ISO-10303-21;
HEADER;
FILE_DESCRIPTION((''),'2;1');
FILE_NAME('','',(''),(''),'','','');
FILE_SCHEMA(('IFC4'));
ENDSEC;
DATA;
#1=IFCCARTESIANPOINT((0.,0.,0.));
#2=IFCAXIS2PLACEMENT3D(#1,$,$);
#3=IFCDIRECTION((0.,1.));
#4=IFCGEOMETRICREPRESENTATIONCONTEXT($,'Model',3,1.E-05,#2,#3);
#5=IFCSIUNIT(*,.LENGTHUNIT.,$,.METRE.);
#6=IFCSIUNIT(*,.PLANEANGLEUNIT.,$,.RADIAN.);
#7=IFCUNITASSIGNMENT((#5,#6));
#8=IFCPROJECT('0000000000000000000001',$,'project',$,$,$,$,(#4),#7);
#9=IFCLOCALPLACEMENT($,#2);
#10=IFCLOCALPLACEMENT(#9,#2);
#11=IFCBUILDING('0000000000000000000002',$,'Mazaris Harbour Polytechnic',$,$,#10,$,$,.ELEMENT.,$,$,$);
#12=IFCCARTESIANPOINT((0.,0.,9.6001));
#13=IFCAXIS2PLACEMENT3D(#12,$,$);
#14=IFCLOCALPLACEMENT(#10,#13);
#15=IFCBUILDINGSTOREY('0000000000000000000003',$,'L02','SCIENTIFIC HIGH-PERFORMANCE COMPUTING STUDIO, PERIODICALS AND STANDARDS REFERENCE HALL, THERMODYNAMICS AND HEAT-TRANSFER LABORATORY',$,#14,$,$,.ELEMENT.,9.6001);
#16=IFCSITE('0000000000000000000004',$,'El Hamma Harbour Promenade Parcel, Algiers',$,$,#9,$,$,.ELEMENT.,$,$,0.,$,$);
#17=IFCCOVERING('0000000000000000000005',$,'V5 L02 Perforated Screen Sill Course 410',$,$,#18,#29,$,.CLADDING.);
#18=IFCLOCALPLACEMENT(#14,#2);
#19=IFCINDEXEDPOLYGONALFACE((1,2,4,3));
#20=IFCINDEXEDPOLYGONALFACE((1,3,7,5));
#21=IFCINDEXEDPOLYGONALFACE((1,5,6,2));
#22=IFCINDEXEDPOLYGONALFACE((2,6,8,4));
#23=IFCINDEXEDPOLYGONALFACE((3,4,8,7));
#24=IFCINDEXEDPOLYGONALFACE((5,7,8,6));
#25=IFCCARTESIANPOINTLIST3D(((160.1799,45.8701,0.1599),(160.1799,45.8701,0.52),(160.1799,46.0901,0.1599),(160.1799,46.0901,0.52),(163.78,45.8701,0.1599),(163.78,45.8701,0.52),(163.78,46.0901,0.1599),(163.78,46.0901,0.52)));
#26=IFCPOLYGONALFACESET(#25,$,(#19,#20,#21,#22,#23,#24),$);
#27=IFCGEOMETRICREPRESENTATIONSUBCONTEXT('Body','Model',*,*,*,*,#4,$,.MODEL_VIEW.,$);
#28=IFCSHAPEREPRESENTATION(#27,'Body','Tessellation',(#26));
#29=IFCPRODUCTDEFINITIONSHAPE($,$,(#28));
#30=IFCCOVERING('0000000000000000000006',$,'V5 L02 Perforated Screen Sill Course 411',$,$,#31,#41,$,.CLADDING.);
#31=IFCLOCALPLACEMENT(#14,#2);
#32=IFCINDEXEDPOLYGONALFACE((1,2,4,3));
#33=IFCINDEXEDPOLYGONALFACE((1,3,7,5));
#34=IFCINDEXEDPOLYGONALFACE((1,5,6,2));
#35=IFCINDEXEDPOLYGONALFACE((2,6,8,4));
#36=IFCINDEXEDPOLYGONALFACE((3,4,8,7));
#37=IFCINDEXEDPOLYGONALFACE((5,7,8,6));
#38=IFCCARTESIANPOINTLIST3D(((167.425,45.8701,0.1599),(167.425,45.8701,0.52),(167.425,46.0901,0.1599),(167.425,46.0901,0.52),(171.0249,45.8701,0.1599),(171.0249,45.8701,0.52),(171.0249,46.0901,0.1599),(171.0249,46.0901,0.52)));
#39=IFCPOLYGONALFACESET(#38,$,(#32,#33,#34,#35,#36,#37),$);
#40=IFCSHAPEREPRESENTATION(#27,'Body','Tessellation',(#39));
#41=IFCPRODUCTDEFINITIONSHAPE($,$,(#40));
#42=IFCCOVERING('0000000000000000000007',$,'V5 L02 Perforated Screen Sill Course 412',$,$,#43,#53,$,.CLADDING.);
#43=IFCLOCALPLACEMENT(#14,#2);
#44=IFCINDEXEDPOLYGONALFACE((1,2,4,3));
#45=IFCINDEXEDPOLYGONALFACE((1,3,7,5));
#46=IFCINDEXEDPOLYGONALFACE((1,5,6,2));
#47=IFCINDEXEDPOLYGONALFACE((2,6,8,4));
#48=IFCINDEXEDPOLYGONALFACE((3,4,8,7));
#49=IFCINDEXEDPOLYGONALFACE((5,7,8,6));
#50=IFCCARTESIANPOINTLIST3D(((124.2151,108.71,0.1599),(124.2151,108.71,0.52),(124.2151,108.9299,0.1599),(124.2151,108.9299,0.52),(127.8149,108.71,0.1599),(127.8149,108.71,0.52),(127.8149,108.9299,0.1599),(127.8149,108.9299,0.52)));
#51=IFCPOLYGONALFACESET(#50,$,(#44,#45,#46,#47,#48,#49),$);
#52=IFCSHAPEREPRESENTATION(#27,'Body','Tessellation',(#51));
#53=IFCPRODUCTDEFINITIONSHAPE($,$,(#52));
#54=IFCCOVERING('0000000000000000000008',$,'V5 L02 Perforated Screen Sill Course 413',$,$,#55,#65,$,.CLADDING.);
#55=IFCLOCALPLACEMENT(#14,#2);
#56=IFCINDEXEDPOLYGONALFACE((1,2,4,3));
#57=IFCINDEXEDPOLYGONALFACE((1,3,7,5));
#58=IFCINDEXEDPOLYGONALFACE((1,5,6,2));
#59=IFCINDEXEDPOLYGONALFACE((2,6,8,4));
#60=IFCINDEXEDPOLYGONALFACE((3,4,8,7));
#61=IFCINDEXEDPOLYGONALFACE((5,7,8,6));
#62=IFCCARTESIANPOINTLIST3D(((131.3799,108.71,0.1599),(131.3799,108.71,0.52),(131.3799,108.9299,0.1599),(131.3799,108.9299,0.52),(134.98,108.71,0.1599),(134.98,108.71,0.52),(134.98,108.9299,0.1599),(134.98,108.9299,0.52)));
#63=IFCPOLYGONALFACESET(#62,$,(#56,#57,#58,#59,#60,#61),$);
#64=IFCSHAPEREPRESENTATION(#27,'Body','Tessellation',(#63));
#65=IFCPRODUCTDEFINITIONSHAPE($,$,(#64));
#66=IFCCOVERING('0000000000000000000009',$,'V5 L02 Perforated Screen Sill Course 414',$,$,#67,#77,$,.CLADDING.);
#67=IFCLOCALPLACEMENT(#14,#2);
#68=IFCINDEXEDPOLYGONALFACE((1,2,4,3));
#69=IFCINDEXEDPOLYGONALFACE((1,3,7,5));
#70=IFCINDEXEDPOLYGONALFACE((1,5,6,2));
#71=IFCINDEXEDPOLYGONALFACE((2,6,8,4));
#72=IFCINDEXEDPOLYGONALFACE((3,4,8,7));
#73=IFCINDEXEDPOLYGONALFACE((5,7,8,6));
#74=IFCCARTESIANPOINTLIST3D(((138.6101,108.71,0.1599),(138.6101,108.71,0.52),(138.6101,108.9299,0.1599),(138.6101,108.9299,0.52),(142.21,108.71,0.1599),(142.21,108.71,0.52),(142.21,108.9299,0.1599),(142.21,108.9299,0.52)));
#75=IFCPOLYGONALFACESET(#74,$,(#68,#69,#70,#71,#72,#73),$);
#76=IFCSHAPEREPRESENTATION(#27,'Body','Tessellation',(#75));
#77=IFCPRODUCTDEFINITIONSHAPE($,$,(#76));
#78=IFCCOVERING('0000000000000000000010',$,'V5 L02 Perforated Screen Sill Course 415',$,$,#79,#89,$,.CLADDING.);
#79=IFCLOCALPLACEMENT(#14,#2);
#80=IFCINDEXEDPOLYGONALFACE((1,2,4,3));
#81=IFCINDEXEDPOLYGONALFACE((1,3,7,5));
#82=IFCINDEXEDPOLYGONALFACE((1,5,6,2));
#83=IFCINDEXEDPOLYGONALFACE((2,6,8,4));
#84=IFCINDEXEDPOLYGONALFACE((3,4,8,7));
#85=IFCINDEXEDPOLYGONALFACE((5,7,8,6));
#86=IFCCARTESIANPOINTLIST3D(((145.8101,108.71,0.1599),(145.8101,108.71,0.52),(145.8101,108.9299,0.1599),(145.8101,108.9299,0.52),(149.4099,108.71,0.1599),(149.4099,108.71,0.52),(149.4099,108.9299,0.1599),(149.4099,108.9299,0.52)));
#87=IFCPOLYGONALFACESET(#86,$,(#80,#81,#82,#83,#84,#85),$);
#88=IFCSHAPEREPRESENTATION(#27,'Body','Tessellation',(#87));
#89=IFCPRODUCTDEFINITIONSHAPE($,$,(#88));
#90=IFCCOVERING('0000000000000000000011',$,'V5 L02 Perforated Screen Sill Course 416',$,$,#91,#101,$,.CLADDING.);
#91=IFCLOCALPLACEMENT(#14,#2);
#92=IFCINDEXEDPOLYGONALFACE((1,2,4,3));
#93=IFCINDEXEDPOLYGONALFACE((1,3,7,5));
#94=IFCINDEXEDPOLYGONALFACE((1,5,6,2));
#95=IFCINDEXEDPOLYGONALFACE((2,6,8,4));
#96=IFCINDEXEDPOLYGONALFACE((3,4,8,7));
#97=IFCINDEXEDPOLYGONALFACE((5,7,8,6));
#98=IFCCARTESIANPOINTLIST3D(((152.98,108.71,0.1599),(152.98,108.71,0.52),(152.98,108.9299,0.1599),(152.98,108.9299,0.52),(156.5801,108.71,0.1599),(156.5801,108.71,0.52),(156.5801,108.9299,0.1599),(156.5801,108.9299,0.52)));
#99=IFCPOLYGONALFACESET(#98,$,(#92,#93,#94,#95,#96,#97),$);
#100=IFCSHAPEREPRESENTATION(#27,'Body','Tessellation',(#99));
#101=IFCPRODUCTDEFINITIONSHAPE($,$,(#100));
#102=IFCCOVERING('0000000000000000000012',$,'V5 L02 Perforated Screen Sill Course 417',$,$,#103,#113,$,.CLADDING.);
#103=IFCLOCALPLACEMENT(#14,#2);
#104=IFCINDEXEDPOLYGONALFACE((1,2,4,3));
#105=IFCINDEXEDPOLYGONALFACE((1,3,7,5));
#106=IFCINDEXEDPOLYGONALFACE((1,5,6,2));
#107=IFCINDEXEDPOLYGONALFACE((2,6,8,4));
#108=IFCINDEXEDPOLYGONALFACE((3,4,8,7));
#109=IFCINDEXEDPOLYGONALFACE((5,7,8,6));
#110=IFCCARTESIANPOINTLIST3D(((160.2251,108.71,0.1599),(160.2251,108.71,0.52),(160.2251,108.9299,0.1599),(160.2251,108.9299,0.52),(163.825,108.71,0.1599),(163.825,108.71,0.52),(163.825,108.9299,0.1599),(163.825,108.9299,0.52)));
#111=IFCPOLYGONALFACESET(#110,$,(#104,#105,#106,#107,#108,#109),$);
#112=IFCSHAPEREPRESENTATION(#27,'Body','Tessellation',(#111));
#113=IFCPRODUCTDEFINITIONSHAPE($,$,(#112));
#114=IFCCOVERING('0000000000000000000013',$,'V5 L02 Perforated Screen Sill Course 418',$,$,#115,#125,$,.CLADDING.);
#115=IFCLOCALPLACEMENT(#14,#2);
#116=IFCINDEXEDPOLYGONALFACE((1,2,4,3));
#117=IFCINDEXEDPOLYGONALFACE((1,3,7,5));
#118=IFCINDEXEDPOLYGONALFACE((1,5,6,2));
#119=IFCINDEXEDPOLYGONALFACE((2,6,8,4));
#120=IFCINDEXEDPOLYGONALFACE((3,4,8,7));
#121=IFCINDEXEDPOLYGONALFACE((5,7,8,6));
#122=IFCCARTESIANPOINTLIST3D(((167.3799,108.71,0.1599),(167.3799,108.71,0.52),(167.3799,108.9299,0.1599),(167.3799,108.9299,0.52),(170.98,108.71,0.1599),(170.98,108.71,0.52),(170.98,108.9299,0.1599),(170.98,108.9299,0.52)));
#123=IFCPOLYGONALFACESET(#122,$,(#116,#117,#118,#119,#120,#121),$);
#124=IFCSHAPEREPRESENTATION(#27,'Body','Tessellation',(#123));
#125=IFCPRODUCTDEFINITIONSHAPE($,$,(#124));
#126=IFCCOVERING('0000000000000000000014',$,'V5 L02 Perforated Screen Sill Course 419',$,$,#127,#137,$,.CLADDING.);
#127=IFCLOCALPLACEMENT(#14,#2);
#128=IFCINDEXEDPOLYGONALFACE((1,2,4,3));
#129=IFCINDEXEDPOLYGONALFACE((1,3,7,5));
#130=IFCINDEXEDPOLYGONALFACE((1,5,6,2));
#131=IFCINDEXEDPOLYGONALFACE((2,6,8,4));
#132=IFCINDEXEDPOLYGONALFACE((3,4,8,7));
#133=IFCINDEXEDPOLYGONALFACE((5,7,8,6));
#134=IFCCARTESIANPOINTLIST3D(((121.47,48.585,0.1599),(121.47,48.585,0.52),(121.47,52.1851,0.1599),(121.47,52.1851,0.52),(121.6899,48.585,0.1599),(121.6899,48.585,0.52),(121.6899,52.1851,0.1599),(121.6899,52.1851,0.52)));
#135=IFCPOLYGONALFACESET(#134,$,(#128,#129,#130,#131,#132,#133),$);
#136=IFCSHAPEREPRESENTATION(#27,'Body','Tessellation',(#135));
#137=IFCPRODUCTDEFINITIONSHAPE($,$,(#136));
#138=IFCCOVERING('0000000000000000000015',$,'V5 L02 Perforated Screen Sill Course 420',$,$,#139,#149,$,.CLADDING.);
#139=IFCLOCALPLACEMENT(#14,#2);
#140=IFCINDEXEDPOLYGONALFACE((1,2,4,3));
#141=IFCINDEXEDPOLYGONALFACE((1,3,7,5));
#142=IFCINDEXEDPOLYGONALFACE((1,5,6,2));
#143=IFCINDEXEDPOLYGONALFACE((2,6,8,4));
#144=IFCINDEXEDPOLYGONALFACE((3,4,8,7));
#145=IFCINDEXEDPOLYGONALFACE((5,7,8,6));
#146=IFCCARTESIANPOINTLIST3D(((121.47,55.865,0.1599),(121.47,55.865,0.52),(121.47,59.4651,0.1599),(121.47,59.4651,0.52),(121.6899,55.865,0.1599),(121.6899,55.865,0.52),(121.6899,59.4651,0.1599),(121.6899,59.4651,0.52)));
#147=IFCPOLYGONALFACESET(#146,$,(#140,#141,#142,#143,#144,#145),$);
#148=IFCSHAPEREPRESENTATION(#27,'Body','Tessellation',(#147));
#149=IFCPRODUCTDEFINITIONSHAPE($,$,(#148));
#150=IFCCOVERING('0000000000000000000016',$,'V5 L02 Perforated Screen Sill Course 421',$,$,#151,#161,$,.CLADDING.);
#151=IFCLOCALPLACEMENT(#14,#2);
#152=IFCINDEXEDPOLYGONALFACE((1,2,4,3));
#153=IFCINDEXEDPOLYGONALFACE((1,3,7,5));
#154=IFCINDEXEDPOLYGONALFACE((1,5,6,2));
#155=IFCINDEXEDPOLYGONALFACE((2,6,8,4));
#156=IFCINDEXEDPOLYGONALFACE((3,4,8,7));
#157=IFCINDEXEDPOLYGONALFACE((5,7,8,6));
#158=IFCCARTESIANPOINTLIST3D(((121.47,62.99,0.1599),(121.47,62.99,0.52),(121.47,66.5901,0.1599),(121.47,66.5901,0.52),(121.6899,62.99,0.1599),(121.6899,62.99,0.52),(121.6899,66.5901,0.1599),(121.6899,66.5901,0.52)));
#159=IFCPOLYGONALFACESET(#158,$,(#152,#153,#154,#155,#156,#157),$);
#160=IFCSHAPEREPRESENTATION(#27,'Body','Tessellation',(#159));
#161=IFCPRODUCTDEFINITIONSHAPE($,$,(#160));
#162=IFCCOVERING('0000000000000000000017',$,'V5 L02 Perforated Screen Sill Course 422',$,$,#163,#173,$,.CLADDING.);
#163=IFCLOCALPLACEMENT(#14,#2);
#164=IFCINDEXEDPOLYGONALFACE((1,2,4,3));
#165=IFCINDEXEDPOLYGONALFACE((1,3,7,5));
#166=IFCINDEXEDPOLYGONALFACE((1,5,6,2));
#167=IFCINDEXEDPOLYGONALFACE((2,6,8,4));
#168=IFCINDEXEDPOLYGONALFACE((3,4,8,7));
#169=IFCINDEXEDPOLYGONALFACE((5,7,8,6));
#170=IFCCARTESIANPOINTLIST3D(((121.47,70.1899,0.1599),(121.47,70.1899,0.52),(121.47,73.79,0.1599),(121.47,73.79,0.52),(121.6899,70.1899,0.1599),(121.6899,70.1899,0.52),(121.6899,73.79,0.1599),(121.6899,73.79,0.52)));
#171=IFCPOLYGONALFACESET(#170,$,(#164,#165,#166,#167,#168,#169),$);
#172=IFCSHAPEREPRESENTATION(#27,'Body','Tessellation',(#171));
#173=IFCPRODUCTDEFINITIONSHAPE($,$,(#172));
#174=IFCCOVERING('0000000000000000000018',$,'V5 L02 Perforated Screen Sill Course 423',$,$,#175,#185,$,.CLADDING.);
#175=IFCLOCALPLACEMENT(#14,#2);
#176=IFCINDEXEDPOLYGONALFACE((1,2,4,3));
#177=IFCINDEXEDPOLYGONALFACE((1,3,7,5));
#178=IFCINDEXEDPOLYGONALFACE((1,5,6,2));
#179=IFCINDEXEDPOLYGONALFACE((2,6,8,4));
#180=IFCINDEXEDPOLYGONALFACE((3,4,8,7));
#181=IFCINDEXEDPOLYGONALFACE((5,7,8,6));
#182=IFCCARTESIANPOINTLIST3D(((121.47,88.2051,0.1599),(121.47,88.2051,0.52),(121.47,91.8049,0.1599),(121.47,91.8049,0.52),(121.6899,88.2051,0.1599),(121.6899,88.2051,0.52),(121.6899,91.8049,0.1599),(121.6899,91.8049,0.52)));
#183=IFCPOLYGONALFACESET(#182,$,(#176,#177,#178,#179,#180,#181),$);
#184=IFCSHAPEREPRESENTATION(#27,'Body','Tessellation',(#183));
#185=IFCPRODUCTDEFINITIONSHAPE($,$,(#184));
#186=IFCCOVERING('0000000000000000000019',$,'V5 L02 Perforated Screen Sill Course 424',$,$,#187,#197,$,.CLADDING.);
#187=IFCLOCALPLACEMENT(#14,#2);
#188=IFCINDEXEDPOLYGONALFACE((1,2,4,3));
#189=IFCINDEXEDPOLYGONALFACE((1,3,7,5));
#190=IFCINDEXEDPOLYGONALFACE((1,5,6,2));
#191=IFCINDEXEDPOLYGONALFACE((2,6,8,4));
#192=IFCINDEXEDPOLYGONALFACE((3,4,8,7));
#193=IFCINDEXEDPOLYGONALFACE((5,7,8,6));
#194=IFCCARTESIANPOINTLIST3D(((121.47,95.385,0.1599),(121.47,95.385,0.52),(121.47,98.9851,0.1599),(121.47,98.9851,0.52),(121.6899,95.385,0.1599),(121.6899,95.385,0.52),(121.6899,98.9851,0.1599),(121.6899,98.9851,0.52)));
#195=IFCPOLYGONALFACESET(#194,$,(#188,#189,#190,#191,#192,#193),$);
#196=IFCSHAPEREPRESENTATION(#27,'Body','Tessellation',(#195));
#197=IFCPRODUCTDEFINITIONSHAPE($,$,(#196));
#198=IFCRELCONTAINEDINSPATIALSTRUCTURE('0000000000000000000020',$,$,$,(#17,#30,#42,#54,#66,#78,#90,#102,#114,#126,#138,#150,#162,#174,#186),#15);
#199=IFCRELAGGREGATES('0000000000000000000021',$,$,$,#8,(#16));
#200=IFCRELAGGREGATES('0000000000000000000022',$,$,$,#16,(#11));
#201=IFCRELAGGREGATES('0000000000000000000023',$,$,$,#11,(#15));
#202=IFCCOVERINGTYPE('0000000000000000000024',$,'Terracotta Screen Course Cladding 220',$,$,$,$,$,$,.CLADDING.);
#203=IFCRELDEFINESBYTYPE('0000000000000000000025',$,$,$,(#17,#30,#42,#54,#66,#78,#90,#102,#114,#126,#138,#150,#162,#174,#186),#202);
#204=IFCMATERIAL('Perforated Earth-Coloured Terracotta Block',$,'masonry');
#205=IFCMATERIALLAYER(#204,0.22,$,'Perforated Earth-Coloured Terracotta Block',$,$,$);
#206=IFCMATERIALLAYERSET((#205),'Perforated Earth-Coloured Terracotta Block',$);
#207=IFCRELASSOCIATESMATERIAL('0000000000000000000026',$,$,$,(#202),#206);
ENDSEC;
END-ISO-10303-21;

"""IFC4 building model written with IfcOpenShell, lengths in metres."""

from ifc_helpers import new_model, si_unit, direction, frame, origin, place, context, subcontext, project, spatial, polyline, outline, extrude, material, layer, layer_set, type_object, element, save


model = new_model("IFC4")

# Units and contexts
model_context = context("Model", 3, precision=1e-05, world=origin(), true_north=direction((0.0, 1.0)))
body_context = subcontext(model_context, "Body", "Model", "MODEL_VIEW")
ifc_project = project(units=[si_unit("LENGTHUNIT", "METRE"), si_unit("PLANEANGLEUNIT", "RADIAN")], contexts=[model_context])

# Site, building, storey
site_placement = place(None, origin())
site = spatial("IfcSite", under=ifc_project, at=site_placement, Name="El Hamma Harbour Promenade Parcel, Algiers", CompositionType="ELEMENT", RefElevation=0.0)
building_placement = place(site_placement, origin())
building = spatial("IfcBuilding", under=site, at=building_placement, Name="Mazaris Harbour Polytechnic", CompositionType="ELEMENT")
storey_placement = place(building_placement, frame((0.0, 0.0, 9.6001)))
storey = spatial("IfcBuildingStorey", under=building, at=storey_placement, Name="L02", Description="SCIENTIFIC HIGH-PERFORMANCE COMPUTING STUDIO, PERIODICALS AND STANDARDS REFERENCE HALL, THERMODYNAMICS AND HEAT-TRANSFER LABORATORY", CompositionType="ELEMENT", Elevation=9.6001)

# Coverings
ifc_material = material(Name="Perforated Earth-Coloured Terracotta Block", Category="masonry")
ifc_layer = layer(ifc_material, 0.22, Name="Perforated Earth-Coloured Terracotta Block")
ifc_layer_set = layer_set([ifc_layer], Name="Perforated Earth-Coloured Terracotta Block")
covering_type = type_object("IfcCoveringType", Name="Terracotta Screen Course Cladding 220", PredefinedType="CLADDING", material=ifc_layer_set)
covering_1_placement = place(storey_placement, frame((0.0, 0.0, 0.1599)))
element("IfcCovering", 1, at=covering_1_placement, inside=storey, type_object=covering_type, Name="V5 L02 Perforated Screen Sill Course 410", PredefinedType="CLADDING", context=body_context, shape_type="SweptSolid", body=[
    extrude(outline(polyline([(163.78, 46.0901), (160.1799, 46.0901), (160.1799, 45.8701), (163.78, 45.8701), (163.78, 46.0901)])), origin(), (0.0, 0.0, 1.0), 0.3601),
])
covering_2_placement = place(storey_placement, frame((0.0, 0.0, 0.1599)))
element("IfcCovering", 2, at=covering_2_placement, inside=storey, type_object=covering_type, Name="V5 L02 Perforated Screen Sill Course 411", PredefinedType="CLADDING", context=body_context, shape_type="SweptSolid", body=[
    extrude(outline(polyline([(171.0249, 46.0901), (167.425, 46.0901), (167.425, 45.8701), (171.0249, 45.8701), (171.0249, 46.0901)])), origin(), (0.0, 0.0, 1.0), 0.3601),
])
covering_3_placement = place(storey_placement, frame((0.0, 0.0, 0.1599)))
element("IfcCovering", 3, at=covering_3_placement, inside=storey, type_object=covering_type, Name="V5 L02 Perforated Screen Sill Course 412", PredefinedType="CLADDING", context=body_context, shape_type="SweptSolid", body=[
    extrude(outline(polyline([(124.2151, 108.71), (127.8149, 108.71), (127.8149, 108.9299), (124.2151, 108.9299), (124.2151, 108.71)])), origin(), (0.0, 0.0, 1.0), 0.3601),
])
covering_4_placement = place(storey_placement, frame((0.0, 0.0, 0.1599)))
element("IfcCovering", 4, at=covering_4_placement, inside=storey, type_object=covering_type, Name="V5 L02 Perforated Screen Sill Course 413", PredefinedType="CLADDING", context=body_context, shape_type="SweptSolid", body=[
    extrude(outline(polyline([(131.3799, 108.71), (134.98, 108.71), (134.98, 108.9299), (131.3799, 108.9299), (131.3799, 108.71)])), origin(), (0.0, 0.0, 1.0), 0.3601),
])
covering_5_placement = place(storey_placement, frame((0.0, 0.0, 0.1599)))
element("IfcCovering", 5, at=covering_5_placement, inside=storey, type_object=covering_type, Name="V5 L02 Perforated Screen Sill Course 414", PredefinedType="CLADDING", context=body_context, shape_type="SweptSolid", body=[
    extrude(outline(polyline([(138.6101, 108.71), (142.21, 108.71), (142.21, 108.9299), (138.6101, 108.9299), (138.6101, 108.71)])), origin(), (0.0, 0.0, 1.0), 0.3601),
])
covering_6_placement = place(storey_placement, frame((0.0, 0.0, 0.1599)))
element("IfcCovering", 6, at=covering_6_placement, inside=storey, type_object=covering_type, Name="V5 L02 Perforated Screen Sill Course 415", PredefinedType="CLADDING", context=body_context, shape_type="SweptSolid", body=[
    extrude(outline(polyline([(145.8101, 108.71), (149.4099, 108.71), (149.4099, 108.9299), (145.8101, 108.9299), (145.8101, 108.71)])), origin(), (0.0, 0.0, 1.0), 0.3601),
])
covering_7_placement = place(storey_placement, frame((0.0, 0.0, 0.1599)))
element("IfcCovering", 7, at=covering_7_placement, inside=storey, type_object=covering_type, Name="V5 L02 Perforated Screen Sill Course 416", PredefinedType="CLADDING", context=body_context, shape_type="SweptSolid", body=[
    extrude(outline(polyline([(152.98, 108.71), (156.5801, 108.71), (156.5801, 108.9299), (152.98, 108.9299), (152.98, 108.71)])), origin(), (0.0, 0.0, 1.0), 0.3601),
])
covering_8_placement = place(storey_placement, frame((0.0, 0.0, 0.1599)))
element("IfcCovering", 8, at=covering_8_placement, inside=storey, type_object=covering_type, Name="V5 L02 Perforated Screen Sill Course 417", PredefinedType="CLADDING", context=body_context, shape_type="SweptSolid", body=[
    extrude(outline(polyline([(160.2251, 108.71), (163.825, 108.71), (163.825, 108.9299), (160.2251, 108.9299), (160.2251, 108.71)])), origin(), (0.0, 0.0, 1.0), 0.3601),
])
covering_9_placement = place(storey_placement, frame((0.0, 0.0, 0.1599)))
element("IfcCovering", 9, at=covering_9_placement, inside=storey, type_object=covering_type, Name="V5 L02 Perforated Screen Sill Course 418", PredefinedType="CLADDING", context=body_context, shape_type="SweptSolid", body=[
    extrude(outline(polyline([(167.3799, 108.71), (170.98, 108.71), (170.98, 108.9299), (167.3799, 108.9299), (167.3799, 108.71)])), origin(), (0.0, 0.0, 1.0), 0.3601),
])
covering_10_placement = place(storey_placement, frame((0.0, 0.0, 0.1599)))
element("IfcCovering", 10, at=covering_10_placement, inside=storey, type_object=covering_type, Name="V5 L02 Perforated Screen Sill Course 419", PredefinedType="CLADDING", context=body_context, shape_type="SweptSolid", body=[
    extrude(outline(polyline([(121.6899, 48.585), (121.6899, 52.1851), (121.47, 52.1851), (121.47, 48.585), (121.6899, 48.585)])), origin(), (0.0, 0.0, 1.0), 0.3601),
])
covering_11_placement = place(storey_placement, frame((0.0, 0.0, 0.1599)))
element("IfcCovering", 11, at=covering_11_placement, inside=storey, type_object=covering_type, Name="V5 L02 Perforated Screen Sill Course 420", PredefinedType="CLADDING", context=body_context, shape_type="SweptSolid", body=[
    extrude(outline(polyline([(121.6899, 55.865), (121.6899, 59.4651), (121.47, 59.4651), (121.47, 55.865), (121.6899, 55.865)])), origin(), (0.0, 0.0, 1.0), 0.3601),
])
covering_12_placement = place(storey_placement, frame((0.0, 0.0, 0.1599)))
element("IfcCovering", 12, at=covering_12_placement, inside=storey, type_object=covering_type, Name="V5 L02 Perforated Screen Sill Course 421", PredefinedType="CLADDING", context=body_context, shape_type="SweptSolid", body=[
    extrude(outline(polyline([(121.6899, 62.99), (121.6899, 66.5901), (121.47, 66.5901), (121.47, 62.99), (121.6899, 62.99)])), origin(), (0.0, 0.0, 1.0), 0.3601),
])
covering_13_placement = place(storey_placement, frame((0.0, 0.0, 0.1599)))
element("IfcCovering", 13, at=covering_13_placement, inside=storey, type_object=covering_type, Name="V5 L02 Perforated Screen Sill Course 422", PredefinedType="CLADDING", context=body_context, shape_type="SweptSolid", body=[
    extrude(outline(polyline([(121.6899, 70.1899), (121.6899, 73.79), (121.47, 73.79), (121.47, 70.1899), (121.6899, 70.1899)])), origin(), (0.0, 0.0, 1.0), 0.3601),
])
covering_14_placement = place(storey_placement, frame((0.0, 0.0, 0.1599)))
element("IfcCovering", 14, at=covering_14_placement, inside=storey, type_object=covering_type, Name="V5 L02 Perforated Screen Sill Course 423", PredefinedType="CLADDING", context=body_context, shape_type="SweptSolid", body=[
    extrude(outline(polyline([(121.6899, 88.2051), (121.6899, 91.8049), (121.47, 91.8049), (121.47, 88.2051), (121.6899, 88.2051)])), origin(), (0.0, 0.0, 1.0), 0.3601),
])
covering_15_placement = place(storey_placement, frame((0.0, 0.0, 0.1599)))
element("IfcCovering", 15, at=covering_15_placement, inside=storey, type_object=covering_type, Name="V5 L02 Perforated Screen Sill Course 424", PredefinedType="CLADDING", context=body_context, shape_type="SweptSolid", body=[
    extrude(outline(polyline([(121.6899, 95.385), (121.6899, 98.9851), (121.47, 98.9851), (121.47, 95.385), (121.6899, 95.385)])), origin(), (0.0, 0.0, 1.0), 0.3601),
])

save(model, "model.ifc")
